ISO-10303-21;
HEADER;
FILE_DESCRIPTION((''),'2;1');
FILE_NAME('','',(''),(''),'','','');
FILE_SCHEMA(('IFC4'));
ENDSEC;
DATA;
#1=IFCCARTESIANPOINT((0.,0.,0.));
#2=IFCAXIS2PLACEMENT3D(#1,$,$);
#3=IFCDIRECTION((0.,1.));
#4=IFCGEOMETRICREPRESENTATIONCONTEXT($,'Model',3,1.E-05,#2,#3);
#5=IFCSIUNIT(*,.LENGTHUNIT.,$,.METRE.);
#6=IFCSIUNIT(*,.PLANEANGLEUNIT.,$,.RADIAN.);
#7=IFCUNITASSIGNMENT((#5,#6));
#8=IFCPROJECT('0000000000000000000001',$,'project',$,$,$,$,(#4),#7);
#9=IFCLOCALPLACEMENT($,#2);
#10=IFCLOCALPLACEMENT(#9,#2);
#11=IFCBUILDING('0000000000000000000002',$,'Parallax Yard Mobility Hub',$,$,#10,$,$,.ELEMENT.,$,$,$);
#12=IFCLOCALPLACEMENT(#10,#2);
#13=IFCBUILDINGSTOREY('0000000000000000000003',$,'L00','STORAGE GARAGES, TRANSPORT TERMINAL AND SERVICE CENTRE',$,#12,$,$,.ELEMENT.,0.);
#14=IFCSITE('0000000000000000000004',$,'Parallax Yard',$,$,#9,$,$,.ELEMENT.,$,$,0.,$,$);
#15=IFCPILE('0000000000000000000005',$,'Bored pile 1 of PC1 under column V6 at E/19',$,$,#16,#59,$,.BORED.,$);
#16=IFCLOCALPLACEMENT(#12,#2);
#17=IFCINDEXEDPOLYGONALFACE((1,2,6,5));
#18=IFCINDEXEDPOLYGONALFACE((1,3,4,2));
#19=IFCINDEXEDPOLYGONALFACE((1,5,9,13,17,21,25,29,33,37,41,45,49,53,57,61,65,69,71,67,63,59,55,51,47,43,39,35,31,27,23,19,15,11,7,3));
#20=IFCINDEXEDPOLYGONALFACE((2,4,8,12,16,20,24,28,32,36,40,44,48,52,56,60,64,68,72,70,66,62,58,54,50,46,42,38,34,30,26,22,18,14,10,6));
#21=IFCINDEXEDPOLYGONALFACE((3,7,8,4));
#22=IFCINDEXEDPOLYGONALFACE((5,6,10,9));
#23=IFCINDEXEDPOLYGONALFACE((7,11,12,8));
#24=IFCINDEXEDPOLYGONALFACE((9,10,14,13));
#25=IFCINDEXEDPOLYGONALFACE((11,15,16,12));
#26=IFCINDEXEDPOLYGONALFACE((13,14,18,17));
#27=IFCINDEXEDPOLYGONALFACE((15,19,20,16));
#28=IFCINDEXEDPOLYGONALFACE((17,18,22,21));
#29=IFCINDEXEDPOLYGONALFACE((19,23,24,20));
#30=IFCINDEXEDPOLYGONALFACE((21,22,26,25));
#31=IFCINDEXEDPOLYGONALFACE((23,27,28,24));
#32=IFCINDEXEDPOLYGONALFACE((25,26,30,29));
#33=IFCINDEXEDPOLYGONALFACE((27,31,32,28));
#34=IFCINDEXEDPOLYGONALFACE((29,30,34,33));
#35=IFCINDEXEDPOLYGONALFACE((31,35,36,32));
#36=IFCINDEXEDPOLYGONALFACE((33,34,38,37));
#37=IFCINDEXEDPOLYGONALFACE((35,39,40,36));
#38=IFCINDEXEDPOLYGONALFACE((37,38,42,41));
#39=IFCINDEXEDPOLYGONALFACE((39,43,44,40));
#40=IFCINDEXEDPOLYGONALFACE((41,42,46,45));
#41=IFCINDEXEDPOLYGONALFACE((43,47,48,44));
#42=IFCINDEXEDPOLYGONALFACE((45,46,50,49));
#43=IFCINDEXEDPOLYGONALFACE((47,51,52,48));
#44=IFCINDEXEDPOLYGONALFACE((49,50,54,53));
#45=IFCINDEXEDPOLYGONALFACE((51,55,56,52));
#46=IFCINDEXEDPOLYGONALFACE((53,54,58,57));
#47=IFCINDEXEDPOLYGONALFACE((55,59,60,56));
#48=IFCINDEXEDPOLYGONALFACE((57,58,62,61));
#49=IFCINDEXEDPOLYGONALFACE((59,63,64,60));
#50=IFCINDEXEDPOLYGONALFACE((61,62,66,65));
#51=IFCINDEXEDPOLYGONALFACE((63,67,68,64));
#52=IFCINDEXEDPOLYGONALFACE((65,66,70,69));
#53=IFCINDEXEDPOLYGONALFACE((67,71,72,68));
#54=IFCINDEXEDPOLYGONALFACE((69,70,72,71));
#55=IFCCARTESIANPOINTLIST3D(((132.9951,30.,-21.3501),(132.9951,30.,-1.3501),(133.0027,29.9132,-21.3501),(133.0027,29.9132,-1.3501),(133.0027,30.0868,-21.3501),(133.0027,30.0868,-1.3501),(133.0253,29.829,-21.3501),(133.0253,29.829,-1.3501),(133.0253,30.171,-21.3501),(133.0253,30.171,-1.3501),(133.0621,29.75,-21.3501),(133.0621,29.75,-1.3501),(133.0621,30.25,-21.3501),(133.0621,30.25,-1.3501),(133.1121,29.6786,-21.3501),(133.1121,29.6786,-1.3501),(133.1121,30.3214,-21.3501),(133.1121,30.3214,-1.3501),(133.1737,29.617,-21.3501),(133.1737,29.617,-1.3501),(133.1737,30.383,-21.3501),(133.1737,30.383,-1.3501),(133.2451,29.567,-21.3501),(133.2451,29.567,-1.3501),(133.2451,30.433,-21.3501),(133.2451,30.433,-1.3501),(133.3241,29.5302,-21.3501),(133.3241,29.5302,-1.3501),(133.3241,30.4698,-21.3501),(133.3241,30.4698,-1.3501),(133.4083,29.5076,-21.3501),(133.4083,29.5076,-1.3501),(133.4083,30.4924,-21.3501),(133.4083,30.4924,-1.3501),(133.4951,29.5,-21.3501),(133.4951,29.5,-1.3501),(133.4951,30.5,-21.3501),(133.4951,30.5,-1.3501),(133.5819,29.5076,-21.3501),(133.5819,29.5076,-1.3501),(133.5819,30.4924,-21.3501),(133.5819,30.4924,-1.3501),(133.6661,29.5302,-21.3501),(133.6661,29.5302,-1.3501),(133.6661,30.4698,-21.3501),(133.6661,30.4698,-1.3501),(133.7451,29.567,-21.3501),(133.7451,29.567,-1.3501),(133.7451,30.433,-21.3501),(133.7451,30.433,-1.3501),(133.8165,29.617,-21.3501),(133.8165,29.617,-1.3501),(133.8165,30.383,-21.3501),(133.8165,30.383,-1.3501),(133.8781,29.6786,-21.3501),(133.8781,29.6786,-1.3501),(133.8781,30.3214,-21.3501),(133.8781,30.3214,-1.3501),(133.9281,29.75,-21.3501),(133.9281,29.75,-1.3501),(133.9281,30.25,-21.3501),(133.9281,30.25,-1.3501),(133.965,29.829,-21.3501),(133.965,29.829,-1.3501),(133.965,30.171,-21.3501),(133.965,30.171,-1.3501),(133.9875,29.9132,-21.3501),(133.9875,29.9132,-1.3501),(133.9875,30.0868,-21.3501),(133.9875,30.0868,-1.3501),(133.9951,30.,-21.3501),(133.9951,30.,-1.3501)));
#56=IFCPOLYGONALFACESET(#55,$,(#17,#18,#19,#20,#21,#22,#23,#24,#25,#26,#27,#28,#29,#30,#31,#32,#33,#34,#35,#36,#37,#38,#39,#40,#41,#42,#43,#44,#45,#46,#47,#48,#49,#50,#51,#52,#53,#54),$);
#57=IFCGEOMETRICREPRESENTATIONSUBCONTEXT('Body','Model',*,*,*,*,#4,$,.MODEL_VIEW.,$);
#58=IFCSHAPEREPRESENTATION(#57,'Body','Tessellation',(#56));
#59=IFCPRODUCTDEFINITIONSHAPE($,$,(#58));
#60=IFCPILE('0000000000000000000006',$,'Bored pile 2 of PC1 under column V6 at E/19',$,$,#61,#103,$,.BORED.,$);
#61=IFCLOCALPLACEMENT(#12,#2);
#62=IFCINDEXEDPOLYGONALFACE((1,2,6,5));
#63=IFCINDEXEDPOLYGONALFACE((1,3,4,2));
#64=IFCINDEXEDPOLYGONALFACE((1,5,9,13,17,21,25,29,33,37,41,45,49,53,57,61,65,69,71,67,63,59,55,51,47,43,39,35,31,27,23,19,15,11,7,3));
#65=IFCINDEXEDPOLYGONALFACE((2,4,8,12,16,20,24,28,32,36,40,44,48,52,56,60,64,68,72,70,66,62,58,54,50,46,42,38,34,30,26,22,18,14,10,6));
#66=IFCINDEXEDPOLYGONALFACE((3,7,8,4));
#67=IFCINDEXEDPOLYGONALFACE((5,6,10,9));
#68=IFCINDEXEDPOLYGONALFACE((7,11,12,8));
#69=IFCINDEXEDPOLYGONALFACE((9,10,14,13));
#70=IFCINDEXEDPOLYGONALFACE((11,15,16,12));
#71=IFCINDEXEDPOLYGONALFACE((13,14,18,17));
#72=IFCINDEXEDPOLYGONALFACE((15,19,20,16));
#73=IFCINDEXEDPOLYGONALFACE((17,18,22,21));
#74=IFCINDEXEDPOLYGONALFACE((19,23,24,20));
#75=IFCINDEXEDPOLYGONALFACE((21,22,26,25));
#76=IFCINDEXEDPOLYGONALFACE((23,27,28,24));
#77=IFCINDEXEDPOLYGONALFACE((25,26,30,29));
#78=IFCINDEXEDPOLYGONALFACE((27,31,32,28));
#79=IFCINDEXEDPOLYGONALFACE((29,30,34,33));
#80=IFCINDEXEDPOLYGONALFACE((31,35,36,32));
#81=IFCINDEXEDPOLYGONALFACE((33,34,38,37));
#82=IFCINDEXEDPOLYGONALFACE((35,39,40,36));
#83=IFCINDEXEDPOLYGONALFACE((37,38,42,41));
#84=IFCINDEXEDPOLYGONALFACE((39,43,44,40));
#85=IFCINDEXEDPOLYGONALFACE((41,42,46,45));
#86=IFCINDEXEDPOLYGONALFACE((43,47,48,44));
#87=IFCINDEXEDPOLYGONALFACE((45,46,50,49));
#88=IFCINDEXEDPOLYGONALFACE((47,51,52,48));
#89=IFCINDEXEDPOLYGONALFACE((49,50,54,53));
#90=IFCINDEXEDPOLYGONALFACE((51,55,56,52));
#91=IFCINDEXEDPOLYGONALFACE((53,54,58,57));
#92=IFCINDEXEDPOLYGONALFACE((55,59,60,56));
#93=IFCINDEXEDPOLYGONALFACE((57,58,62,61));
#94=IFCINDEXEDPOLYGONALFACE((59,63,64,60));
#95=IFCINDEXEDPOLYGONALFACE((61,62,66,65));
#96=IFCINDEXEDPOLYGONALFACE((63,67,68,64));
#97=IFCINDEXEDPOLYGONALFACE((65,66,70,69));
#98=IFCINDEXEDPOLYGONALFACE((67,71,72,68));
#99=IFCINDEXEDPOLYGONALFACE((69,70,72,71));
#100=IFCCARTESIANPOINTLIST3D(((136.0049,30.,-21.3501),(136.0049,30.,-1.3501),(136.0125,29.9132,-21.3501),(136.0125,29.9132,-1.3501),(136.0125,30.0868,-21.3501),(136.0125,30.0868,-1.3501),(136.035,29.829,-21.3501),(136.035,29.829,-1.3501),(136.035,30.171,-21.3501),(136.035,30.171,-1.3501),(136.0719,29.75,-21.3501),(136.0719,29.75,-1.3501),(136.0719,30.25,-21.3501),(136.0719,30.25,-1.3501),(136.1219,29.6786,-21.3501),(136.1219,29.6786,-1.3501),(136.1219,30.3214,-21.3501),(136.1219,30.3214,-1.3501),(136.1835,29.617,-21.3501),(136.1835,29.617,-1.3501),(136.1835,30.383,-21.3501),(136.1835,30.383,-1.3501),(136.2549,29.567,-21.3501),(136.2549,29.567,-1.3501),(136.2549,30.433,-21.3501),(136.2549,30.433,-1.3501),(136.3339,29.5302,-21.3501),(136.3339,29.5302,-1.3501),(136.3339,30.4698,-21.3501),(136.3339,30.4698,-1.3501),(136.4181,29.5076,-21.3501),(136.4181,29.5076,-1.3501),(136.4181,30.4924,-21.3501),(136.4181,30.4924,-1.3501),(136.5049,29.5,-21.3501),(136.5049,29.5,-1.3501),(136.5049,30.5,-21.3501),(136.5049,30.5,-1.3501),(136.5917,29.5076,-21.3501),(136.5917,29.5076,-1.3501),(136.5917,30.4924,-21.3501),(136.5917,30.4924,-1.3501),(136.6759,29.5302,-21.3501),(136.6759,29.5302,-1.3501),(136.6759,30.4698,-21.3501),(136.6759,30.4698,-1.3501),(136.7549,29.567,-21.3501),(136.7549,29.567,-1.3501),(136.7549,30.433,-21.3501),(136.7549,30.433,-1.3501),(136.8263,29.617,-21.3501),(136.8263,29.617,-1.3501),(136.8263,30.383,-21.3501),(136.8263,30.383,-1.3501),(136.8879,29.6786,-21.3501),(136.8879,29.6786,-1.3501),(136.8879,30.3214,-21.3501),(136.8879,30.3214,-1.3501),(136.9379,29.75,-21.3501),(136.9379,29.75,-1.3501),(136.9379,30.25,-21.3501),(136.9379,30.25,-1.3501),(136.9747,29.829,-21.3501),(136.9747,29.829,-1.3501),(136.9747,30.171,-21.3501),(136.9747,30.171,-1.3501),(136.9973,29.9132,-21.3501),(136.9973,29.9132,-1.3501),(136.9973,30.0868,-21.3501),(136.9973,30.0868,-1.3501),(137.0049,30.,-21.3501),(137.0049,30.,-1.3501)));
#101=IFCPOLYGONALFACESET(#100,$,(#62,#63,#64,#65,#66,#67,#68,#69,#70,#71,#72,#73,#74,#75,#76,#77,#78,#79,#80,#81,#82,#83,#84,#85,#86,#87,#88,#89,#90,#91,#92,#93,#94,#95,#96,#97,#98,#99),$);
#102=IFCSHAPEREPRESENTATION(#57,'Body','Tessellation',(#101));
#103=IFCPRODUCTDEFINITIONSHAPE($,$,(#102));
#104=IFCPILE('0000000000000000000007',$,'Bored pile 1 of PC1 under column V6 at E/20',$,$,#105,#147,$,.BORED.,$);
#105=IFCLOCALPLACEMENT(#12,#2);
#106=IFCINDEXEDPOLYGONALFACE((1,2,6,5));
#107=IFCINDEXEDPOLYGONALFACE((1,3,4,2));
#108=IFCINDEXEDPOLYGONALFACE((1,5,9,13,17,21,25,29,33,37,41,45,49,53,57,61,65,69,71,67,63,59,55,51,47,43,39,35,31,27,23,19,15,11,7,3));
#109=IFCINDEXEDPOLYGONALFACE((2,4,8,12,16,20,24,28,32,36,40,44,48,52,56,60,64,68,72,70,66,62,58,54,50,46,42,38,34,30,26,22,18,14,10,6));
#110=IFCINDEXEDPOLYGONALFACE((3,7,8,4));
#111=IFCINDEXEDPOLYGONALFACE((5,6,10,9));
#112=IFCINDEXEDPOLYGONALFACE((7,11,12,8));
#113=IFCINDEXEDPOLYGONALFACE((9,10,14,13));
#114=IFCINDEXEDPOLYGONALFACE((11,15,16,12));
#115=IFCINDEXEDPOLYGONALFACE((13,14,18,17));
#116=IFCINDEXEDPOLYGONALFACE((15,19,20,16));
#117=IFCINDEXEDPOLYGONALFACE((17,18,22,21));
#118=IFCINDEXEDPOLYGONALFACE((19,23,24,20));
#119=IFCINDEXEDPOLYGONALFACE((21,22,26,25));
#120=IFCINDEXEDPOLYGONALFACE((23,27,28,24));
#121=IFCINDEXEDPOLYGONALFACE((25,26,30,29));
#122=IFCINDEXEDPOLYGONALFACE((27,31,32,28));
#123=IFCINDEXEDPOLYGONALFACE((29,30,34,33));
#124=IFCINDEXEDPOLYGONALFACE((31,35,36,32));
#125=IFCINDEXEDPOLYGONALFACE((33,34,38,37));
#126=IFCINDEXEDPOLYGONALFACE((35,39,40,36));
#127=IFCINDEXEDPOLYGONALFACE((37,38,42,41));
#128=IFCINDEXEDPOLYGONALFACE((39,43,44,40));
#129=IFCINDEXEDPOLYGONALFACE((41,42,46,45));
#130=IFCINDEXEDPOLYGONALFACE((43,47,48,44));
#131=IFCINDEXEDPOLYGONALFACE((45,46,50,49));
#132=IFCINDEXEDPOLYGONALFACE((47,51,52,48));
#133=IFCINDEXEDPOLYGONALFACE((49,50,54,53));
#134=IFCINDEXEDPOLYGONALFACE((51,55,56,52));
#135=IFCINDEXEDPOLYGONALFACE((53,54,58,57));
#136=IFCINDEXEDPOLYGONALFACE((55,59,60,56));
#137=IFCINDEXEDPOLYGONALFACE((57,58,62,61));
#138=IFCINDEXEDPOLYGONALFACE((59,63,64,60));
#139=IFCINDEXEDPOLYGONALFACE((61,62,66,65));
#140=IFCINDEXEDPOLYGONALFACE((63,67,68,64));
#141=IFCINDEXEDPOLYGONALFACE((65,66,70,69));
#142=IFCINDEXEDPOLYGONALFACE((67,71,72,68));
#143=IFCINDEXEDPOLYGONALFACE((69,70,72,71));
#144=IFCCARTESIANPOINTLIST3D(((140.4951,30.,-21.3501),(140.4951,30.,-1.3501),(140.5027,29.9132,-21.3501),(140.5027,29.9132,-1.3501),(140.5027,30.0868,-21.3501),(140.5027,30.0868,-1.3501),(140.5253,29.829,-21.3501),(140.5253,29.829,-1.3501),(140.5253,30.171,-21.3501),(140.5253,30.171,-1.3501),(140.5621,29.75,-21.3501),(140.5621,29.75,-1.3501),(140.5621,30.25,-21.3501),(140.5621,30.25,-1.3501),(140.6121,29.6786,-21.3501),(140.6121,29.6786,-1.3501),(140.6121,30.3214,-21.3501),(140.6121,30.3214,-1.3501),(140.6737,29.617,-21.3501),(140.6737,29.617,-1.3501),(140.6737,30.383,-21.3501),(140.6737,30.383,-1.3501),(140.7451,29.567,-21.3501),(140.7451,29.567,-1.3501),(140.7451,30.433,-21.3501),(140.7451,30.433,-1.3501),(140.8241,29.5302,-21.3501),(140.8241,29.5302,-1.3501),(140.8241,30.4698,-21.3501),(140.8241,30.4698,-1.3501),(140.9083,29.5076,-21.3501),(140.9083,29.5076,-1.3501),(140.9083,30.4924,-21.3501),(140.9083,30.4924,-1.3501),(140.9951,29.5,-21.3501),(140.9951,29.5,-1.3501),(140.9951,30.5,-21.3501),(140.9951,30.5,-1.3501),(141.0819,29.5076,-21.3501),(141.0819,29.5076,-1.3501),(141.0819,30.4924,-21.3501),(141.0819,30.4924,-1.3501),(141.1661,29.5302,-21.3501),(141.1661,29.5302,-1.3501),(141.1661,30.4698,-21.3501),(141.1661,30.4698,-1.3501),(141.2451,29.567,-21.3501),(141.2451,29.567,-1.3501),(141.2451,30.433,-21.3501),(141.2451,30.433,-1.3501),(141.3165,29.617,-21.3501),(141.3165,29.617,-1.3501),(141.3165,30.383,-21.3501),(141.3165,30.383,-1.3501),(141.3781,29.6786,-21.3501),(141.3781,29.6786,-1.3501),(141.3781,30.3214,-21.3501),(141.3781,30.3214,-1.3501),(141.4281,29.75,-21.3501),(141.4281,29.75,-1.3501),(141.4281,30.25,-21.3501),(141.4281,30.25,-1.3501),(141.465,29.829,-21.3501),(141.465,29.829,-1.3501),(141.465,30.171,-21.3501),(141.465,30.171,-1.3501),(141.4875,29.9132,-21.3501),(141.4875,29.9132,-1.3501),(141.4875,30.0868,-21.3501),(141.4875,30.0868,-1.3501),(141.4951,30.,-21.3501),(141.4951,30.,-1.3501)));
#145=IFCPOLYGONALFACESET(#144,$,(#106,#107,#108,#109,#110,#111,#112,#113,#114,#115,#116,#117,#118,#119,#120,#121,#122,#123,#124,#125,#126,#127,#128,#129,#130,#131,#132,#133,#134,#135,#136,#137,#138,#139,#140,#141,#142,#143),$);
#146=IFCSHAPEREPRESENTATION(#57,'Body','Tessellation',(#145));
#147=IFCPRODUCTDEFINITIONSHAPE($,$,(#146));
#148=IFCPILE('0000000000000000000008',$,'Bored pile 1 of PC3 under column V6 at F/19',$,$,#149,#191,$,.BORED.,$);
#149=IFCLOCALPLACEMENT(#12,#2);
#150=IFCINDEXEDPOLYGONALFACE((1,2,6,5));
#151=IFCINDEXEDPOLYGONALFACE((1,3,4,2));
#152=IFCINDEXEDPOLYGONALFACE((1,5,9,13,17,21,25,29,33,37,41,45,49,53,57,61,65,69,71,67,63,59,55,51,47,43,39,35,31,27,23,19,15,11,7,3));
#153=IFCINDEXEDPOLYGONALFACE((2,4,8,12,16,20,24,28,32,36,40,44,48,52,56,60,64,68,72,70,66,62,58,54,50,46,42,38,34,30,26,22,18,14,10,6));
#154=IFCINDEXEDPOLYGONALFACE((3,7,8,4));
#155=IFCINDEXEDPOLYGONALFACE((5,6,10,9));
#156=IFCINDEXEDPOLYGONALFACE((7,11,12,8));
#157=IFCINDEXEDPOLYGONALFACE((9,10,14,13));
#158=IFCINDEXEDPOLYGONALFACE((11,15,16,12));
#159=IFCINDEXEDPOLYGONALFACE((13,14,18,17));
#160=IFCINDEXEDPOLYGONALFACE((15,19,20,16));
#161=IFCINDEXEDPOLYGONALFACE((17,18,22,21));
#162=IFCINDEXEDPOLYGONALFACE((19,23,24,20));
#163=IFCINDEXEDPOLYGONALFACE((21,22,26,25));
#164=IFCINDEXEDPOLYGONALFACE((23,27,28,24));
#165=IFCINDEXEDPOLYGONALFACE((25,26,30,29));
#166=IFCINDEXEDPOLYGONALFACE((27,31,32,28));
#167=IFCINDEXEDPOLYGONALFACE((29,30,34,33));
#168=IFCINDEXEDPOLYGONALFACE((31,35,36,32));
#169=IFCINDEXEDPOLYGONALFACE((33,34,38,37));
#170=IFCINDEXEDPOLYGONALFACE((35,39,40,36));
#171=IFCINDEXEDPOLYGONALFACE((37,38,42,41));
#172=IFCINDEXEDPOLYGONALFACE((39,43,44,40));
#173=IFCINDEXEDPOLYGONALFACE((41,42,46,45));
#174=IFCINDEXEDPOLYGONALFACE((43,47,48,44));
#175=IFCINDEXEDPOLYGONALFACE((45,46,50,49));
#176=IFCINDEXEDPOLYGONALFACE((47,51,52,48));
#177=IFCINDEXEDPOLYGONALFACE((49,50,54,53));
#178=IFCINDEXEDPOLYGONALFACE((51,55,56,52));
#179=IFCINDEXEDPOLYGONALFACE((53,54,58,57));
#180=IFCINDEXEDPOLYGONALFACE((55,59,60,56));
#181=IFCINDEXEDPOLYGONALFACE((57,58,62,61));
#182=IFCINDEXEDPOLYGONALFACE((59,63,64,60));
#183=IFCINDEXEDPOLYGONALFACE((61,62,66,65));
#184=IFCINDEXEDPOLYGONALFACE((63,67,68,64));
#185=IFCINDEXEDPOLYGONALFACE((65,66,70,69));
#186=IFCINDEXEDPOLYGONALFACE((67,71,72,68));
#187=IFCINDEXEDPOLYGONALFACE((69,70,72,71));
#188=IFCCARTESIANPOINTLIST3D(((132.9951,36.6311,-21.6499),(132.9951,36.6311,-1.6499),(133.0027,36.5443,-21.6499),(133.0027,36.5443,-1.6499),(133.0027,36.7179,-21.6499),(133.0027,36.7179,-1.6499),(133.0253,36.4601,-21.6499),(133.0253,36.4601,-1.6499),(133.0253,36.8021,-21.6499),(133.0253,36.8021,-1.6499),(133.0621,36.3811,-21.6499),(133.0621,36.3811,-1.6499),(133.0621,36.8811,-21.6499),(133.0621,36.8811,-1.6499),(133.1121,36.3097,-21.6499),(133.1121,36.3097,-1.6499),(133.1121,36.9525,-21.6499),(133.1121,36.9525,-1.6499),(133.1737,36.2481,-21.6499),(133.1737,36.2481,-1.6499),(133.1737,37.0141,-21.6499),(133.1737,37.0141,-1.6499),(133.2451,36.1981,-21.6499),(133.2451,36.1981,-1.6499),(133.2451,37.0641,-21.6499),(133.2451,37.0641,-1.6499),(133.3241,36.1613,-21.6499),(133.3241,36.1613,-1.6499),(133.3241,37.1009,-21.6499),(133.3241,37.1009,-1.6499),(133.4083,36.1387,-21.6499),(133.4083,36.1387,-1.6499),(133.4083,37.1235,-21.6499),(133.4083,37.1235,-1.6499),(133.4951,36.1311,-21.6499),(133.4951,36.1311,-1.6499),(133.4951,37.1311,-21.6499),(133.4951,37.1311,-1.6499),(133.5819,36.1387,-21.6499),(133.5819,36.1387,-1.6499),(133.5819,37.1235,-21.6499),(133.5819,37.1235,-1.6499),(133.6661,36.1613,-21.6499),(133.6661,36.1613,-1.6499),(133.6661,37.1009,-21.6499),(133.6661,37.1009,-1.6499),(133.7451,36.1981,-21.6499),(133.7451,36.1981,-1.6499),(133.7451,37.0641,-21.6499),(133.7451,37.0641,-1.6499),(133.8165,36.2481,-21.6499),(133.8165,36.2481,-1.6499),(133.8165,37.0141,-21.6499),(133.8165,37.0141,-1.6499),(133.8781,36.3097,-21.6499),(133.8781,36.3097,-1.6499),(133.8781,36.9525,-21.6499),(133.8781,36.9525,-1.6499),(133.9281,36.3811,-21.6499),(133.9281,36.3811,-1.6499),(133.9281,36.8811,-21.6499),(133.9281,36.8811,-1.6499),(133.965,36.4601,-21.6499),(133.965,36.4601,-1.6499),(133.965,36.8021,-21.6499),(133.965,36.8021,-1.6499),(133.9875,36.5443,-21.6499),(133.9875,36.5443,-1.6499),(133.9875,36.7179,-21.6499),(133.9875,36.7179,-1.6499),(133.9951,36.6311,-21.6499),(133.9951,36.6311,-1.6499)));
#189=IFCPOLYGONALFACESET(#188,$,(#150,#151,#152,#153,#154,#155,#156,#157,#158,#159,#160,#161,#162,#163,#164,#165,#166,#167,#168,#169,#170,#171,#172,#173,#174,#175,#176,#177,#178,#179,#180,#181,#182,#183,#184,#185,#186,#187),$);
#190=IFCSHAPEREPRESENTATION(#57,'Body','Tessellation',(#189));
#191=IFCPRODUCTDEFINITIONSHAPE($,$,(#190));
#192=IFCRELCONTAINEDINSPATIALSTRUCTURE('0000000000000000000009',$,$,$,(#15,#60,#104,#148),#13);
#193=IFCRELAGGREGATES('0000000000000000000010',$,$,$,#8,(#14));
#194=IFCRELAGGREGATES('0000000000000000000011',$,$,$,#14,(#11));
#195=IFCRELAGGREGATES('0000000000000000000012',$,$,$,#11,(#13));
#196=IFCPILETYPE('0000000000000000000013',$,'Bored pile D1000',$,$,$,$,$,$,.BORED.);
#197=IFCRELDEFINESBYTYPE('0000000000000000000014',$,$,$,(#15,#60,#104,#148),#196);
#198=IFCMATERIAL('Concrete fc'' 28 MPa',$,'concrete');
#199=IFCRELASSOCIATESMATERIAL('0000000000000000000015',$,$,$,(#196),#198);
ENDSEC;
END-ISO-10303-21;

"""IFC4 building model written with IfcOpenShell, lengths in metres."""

from ifc_helpers import new_model, si_unit, direction, frame, origin, origin_2d, place, context, subcontext, project, spatial, circle, extrude, material, material_profile, profile_set, type_object, element, save


model = new_model("IFC4")

# Units and contexts
model_context = context("Model", 3, precision=1e-05, world=origin(), true_north=direction((0.0, 1.0)))
body_context = subcontext(model_context, "Body", "Model", "MODEL_VIEW")
ifc_project = project(units=[si_unit("LENGTHUNIT", "METRE"), si_unit("PLANEANGLEUNIT", "RADIAN")], contexts=[model_context])

# Site, building, storey
site_placement = place(None, origin())
site = spatial("IfcSite", under=ifc_project, at=site_placement, Name="Parallax Yard", CompositionType="ELEMENT", RefElevation=0.0)
building_placement = place(site_placement, origin())
building = spatial("IfcBuilding", under=site, at=building_placement, Name="Parallax Yard Mobility Hub", CompositionType="ELEMENT")
storey_placement = place(building_placement, origin())
storey = spatial("IfcBuildingStorey", under=building, at=storey_placement, Name="L00", Description="STORAGE GARAGES, TRANSPORT TERMINAL AND SERVICE CENTRE", CompositionType="ELEMENT", Elevation=0.0)

# Piles
ifc_material_1 = material(Name="Concrete fc' 28 MPa", Category="concrete")
ifc_material_profile_1 = material_profile(ifc_material_1, circle(Radius=0.5, at=origin_2d()), Name="Bored pile D1000")
ifc_profile_set_1 = profile_set([ifc_material_profile_1], Name="Concrete fc' 28 MPa")
pile_type = type_object("IfcPileType", Name="Bored pile D1000", PredefinedType="BORED", material=ifc_profile_set_1)
for number, where, z_axis, x_axis, name in (
    (1, (133.4951, 30.0, -1.3501), (0.0, 0.0, -1.0), (1.0, 0.0, 0.0), "Bored pile 1 of PC1 under column V6 at E/19"),
    (2, (136.5049, 30.0, -1.3501), (0.0, 0.0, -1.0), (1.0, 0.0, 0.0), "Bored pile 2 of PC1 under column V6 at E/19"),
    (3, (140.9951, 30.0, -1.3501), (0.0, 0.0, -1.0), (1.0, 0.0, 0.0), "Bored pile 1 of PC1 under column V6 at E/20"),
    (4, (133.4951, 36.6311, -1.6499), (0.0, 0.0, -1.0), (1.0, 0.0, 0.0), "Bored pile 1 of PC3 under column V6 at F/19"),
):
    element("IfcPile", number, at=place(storey_placement, frame(where, z_axis=z_axis, x_axis=x_axis)), inside=storey, type_object=pile_type, Name=name, PredefinedType="BORED", context=body_context, shape_type="SweptSolid", body=[
        extrude(circle(Radius=0.5, at=origin_2d()), origin(), (0.0, 0.0, 1.0), 20.0),
    ])

save(model, "model.ifc")
